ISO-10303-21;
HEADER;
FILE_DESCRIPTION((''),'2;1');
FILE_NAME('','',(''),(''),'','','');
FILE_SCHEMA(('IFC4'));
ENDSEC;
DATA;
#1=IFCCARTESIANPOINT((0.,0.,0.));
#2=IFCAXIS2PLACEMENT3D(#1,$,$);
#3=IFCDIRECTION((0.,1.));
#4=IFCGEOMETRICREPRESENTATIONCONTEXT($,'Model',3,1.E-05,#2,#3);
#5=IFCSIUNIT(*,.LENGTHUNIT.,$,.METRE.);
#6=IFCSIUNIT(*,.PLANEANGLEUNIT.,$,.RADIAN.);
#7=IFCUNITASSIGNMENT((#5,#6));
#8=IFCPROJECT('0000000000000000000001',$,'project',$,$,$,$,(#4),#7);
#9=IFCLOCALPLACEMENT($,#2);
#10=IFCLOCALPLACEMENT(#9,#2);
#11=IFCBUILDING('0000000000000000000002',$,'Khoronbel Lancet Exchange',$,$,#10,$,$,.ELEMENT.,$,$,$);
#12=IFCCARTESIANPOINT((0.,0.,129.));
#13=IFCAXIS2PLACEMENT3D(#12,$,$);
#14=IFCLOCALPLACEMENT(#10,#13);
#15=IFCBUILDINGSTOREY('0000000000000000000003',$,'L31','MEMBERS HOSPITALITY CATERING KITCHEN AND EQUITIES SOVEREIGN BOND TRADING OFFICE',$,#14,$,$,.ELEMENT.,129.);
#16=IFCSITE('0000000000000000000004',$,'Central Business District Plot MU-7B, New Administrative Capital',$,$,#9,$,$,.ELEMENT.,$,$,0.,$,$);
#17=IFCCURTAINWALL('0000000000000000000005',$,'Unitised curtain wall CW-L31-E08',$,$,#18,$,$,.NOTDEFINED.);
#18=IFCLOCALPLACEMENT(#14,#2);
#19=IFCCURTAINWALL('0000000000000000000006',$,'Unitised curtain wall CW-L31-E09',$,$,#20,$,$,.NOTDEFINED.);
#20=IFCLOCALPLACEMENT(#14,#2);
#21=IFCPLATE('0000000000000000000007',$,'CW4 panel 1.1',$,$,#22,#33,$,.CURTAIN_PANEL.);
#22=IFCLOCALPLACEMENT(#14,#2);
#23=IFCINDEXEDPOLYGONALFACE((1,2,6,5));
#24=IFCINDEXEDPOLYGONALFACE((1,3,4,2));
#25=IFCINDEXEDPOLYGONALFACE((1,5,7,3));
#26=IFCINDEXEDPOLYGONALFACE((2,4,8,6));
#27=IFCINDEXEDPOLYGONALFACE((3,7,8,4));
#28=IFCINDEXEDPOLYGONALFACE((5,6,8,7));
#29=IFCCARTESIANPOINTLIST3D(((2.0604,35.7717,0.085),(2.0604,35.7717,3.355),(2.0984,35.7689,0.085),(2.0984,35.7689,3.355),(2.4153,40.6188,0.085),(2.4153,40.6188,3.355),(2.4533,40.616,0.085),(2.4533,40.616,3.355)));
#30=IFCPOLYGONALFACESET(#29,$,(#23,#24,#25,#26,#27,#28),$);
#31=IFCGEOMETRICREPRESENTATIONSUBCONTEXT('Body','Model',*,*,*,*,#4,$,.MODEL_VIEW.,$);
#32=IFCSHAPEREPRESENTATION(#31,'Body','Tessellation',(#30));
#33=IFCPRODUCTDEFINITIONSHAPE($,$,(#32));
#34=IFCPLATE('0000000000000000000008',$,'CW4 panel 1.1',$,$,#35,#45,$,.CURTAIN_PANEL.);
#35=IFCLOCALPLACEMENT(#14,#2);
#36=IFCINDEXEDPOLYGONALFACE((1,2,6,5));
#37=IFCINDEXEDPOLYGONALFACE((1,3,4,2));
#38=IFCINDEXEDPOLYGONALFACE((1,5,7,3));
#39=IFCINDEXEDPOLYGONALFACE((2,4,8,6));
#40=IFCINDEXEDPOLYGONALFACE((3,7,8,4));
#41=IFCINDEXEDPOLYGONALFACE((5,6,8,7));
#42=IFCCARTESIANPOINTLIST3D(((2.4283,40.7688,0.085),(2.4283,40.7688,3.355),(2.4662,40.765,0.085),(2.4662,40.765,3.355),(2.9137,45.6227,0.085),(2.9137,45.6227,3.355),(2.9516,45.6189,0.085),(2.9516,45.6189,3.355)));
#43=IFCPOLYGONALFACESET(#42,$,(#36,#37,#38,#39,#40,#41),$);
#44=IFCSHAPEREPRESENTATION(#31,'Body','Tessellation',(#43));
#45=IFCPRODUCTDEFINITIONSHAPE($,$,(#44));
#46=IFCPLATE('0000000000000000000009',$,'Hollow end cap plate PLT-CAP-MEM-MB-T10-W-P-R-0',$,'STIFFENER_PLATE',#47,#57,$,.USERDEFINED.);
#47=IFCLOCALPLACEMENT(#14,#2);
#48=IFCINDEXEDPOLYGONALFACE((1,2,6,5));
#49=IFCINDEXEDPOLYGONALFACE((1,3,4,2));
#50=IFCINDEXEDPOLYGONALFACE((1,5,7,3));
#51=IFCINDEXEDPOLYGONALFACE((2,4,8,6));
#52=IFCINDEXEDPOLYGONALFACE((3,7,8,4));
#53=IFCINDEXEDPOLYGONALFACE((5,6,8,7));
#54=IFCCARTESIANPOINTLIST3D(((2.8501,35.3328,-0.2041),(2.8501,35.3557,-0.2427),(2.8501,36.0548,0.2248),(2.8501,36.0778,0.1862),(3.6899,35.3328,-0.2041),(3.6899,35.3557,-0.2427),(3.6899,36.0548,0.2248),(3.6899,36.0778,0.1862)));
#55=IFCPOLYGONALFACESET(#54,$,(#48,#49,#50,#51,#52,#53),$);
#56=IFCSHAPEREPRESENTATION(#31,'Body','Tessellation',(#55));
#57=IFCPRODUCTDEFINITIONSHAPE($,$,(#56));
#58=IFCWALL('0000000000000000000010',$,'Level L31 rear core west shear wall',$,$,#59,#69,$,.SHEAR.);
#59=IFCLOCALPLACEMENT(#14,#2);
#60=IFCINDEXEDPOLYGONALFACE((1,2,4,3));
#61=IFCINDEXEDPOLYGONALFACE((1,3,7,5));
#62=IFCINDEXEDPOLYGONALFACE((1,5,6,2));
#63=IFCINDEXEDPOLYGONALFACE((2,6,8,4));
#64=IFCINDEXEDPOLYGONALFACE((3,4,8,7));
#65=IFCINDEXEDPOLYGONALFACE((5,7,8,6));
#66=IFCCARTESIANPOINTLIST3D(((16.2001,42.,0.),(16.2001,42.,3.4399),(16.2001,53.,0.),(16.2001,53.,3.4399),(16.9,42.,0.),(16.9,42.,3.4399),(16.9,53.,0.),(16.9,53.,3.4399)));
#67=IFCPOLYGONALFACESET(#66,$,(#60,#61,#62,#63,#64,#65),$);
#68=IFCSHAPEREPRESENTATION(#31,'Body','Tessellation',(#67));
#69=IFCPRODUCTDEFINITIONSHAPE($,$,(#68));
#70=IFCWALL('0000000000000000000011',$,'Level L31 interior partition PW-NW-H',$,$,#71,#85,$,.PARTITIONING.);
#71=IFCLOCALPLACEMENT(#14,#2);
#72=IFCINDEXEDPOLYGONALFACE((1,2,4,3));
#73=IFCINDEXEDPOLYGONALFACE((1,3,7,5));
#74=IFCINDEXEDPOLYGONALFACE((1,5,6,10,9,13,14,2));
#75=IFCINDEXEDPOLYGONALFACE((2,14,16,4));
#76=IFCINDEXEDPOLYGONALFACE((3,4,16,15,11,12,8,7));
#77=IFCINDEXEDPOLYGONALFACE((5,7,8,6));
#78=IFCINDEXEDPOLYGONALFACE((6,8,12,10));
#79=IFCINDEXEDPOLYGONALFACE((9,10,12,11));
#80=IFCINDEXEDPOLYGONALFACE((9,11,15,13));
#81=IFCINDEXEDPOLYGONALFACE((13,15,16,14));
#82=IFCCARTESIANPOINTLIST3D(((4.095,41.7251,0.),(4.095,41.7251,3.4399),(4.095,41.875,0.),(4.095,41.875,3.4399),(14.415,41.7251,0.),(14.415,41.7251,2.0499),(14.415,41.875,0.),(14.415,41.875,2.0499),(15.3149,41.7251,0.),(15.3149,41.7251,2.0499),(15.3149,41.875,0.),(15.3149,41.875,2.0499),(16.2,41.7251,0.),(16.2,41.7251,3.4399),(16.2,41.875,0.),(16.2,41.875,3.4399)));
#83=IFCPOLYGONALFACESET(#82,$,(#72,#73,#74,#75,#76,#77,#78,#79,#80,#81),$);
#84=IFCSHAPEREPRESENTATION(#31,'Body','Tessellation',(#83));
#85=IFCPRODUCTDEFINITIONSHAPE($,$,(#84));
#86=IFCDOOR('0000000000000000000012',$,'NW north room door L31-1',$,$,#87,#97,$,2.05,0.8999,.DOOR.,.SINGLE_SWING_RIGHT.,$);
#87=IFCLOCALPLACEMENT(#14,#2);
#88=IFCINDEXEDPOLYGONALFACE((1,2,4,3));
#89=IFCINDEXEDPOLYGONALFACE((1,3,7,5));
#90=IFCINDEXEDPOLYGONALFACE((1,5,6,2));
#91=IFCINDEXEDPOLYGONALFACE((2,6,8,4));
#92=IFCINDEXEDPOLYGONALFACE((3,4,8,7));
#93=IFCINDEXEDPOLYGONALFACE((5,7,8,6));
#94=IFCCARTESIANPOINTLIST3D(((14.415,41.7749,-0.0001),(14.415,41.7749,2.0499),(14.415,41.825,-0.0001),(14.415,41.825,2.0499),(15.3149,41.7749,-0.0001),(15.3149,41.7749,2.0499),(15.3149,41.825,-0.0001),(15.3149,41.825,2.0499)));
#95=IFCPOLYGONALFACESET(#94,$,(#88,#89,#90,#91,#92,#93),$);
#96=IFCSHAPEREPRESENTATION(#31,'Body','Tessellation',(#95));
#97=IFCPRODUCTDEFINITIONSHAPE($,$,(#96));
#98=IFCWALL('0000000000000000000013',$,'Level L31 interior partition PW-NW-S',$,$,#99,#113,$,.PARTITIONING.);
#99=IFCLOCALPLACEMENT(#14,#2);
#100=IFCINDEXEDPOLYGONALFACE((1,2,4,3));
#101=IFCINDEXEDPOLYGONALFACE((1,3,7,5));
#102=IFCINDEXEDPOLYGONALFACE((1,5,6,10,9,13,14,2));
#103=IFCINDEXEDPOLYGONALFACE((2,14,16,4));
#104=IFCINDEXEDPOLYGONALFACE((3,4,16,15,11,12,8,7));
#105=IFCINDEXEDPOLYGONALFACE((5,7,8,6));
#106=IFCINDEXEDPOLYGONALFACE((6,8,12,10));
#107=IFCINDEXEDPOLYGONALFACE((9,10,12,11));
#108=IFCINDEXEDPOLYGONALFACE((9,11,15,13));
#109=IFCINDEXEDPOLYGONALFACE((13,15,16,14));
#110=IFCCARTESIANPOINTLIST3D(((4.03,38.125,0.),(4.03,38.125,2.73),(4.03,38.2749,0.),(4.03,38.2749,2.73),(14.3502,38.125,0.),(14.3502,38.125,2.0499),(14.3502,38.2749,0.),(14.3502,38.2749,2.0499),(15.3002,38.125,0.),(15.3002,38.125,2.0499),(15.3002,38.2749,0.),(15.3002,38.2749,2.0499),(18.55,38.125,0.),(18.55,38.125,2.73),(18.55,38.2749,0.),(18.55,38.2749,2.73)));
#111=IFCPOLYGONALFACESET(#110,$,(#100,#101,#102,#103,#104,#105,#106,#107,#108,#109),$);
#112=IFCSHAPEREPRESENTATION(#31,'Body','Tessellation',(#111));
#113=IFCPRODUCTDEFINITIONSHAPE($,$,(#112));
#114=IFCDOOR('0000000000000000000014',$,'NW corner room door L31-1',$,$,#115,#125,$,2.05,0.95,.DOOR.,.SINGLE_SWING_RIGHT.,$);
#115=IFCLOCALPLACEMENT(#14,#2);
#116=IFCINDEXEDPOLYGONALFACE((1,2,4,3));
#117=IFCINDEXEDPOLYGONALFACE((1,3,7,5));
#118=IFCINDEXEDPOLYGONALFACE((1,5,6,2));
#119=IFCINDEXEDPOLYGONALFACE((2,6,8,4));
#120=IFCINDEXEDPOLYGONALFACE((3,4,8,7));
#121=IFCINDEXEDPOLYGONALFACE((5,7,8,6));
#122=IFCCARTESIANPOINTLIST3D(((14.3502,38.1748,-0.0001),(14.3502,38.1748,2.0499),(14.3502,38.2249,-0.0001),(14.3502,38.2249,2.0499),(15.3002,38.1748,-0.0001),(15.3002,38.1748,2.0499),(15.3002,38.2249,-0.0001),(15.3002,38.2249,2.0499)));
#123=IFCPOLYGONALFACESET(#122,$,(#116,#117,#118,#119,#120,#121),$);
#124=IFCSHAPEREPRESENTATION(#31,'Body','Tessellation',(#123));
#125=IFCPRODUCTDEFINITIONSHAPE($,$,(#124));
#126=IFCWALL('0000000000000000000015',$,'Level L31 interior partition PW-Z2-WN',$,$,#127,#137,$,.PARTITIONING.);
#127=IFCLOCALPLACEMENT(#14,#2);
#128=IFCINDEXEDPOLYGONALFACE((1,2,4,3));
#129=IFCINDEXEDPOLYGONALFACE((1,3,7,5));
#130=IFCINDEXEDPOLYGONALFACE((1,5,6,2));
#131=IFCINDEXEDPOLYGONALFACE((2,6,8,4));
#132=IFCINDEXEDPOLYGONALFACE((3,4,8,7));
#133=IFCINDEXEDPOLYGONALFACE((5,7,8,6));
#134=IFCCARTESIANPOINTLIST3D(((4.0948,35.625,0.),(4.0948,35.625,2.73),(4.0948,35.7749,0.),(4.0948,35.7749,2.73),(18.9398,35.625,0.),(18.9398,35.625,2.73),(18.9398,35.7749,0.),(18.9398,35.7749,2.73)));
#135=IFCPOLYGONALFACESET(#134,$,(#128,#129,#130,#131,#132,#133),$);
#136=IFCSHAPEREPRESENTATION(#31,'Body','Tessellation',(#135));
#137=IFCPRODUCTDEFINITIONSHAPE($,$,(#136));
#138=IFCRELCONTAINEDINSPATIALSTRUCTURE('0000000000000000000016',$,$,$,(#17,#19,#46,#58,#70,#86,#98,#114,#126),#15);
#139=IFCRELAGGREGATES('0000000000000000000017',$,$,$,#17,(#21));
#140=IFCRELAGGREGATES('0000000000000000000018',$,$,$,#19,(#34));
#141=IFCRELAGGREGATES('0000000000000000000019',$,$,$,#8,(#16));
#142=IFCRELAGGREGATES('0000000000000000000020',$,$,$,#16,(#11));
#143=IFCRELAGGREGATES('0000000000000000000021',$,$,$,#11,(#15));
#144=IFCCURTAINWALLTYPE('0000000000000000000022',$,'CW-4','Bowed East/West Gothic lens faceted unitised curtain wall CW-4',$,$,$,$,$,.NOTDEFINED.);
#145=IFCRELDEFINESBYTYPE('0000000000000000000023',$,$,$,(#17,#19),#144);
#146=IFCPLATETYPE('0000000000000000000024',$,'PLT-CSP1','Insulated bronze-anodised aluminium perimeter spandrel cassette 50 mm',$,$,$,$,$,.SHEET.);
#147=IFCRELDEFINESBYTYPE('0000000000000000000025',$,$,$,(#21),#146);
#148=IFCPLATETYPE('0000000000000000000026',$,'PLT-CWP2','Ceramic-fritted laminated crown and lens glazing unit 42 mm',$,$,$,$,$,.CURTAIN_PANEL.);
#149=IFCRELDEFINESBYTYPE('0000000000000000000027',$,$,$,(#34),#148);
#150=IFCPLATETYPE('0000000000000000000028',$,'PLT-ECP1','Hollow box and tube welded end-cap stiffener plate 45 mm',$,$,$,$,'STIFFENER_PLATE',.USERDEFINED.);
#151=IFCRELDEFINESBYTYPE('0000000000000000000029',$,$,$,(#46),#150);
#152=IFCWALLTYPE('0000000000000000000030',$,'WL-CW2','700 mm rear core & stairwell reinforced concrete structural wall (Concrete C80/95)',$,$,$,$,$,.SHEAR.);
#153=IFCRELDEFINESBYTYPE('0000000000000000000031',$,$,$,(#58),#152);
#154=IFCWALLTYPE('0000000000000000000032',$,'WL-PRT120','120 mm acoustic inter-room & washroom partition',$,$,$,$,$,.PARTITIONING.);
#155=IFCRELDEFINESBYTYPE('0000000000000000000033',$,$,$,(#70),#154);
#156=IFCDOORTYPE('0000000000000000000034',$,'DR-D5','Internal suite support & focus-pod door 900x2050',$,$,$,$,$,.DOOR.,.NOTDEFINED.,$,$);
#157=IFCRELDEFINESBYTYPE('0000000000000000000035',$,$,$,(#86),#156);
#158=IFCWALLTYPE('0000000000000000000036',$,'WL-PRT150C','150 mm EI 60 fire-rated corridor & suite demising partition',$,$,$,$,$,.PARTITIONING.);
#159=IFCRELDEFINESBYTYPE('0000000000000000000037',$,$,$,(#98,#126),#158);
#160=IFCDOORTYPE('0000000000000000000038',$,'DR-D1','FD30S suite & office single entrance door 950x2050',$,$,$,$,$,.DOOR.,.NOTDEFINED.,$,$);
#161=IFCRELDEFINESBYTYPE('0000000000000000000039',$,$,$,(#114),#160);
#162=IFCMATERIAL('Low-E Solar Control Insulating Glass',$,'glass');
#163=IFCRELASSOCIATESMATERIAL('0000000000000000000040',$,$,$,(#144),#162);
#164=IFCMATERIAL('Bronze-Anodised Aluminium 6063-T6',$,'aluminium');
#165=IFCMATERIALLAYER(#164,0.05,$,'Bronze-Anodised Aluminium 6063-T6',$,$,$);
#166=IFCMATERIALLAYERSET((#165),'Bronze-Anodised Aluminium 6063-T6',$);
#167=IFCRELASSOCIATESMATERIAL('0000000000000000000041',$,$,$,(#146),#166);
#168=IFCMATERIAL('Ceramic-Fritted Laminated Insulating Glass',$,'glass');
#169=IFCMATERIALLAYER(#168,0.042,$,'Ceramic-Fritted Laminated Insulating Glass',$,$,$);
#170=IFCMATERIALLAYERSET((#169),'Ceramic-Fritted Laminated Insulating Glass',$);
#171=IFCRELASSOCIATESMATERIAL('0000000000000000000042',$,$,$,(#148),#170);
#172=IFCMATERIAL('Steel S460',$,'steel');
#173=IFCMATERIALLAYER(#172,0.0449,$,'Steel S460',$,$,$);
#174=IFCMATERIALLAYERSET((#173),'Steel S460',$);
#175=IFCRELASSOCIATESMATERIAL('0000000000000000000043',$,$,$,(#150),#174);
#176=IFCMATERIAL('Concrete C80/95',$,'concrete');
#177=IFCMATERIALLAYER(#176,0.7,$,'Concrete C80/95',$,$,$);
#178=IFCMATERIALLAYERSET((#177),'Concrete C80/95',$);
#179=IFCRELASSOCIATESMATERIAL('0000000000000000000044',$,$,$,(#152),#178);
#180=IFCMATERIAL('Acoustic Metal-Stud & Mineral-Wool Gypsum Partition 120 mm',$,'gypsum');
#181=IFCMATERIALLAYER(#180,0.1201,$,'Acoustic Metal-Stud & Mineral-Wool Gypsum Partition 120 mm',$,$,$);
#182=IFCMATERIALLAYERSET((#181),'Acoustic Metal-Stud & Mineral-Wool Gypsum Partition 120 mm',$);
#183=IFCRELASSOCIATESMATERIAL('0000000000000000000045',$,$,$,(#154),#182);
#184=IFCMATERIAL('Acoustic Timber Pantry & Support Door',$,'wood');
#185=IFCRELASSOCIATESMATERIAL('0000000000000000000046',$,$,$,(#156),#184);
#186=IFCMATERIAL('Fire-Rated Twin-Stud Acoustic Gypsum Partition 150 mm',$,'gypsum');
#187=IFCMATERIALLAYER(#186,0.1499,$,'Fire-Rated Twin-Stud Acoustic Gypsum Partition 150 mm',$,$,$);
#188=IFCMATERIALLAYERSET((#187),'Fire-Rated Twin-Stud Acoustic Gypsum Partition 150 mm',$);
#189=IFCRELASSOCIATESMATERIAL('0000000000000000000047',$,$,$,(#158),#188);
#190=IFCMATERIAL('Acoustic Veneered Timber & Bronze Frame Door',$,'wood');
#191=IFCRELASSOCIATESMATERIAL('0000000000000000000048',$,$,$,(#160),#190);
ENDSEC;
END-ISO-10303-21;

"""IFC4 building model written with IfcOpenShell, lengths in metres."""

from ifc_helpers import new_model, si_unit, direction, frame, frame_2d, origin, origin_2d, place, context, subcontext, project, spatial, polyline, rectangle, outline, extrude, material, layer, layer_set, type_object, element, fill, aggregate, save


model = new_model("IFC4")

# Units and contexts
model_context = context("Model", 3, precision=1e-05, world=origin(), true_north=direction((0.0, 1.0)))
body_context = subcontext(model_context, "Body", "Model", "MODEL_VIEW")
ifc_project = project(units=[si_unit("LENGTHUNIT", "METRE"), si_unit("PLANEANGLEUNIT", "RADIAN")], contexts=[model_context])

# Site, building, storey
site_placement = place(None, origin())
site = spatial("IfcSite", under=ifc_project, at=site_placement, Name="Central Business District Plot MU-7B, New Administrative Capital", CompositionType="ELEMENT", RefElevation=0.0)
building_placement = place(site_placement, origin())
building = spatial("IfcBuilding", under=site, at=building_placement, Name="Khoronbel Lancet Exchange", CompositionType="ELEMENT")
storey_placement = place(building_placement, frame((0.0, 0.0, 129.0)))
storey = spatial("IfcBuildingStorey", under=building, at=storey_placement, Name="L31", Description="MEMBERS HOSPITALITY CATERING KITCHEN AND EQUITIES SOVEREIGN BOND TRADING OFFICE", CompositionType="ELEMENT", Elevation=129.0)

# Shared definitions
ifc_material_1 = material(Name="Steel S460", Category="steel")

# Shared definitions
ifc_material_2 = material(Name="Low-E Solar Control Insulating Glass", Category="glass")
curtain_wall_type = type_object("IfcCurtainWallType", Name="CW-4", Description="Bowed East/West Gothic lens faceted unitised curtain wall CW-4", PredefinedType="NOTDEFINED", material=ifc_material_2)
ifc_material_3 = material(Name="Bronze-Anodised Aluminium 6063-T6", Category="aluminium")

# Curtain wall
curtain_wall_1_placement = place(storey_placement, origin())
curtain_wall_1 = element("IfcCurtainWall", 1, at=curtain_wall_1_placement, inside=storey, type_object=curtain_wall_type, Name="Unitised curtain wall CW-L31-E08", PredefinedType="NOTDEFINED")

# Curtain wall
curtain_wall_2_placement = place(storey_placement, origin())
curtain_wall_2 = element("IfcCurtainWall", 2, at=curtain_wall_2_placement, inside=storey, type_object=curtain_wall_type, Name="Unitised curtain wall CW-L31-E09", PredefinedType="NOTDEFINED")

# Plates
ifc_layer_1 = layer(ifc_material_3, 0.05, Name="Bronze-Anodised Aluminium 6063-T6")
ifc_layer_set_1 = layer_set([ifc_layer_1], Name="Bronze-Anodised Aluminium 6063-T6")
plate_type_1 = type_object("IfcPlateType", Name="PLT-CSP1", Description="Insulated bronze-anodised aluminium perimeter spandrel cassette 50 mm", PredefinedType="SHEET", material=ifc_layer_set_1)
plate_1_placement = place(storey_placement, frame((2.2568, 38.1938, 0.085), z_axis=(0.0, 0.0, 1.0), x_axis=(0.073013, 0.997331, 0.0)))
plate_1 = element("IfcPlate", 3, at=plate_1_placement, type_object=plate_type_1, Name="CW4 panel 1.1", PredefinedType="CURTAIN_PANEL", context=body_context, shape_type="SweptSolid", body=[
    extrude(rectangle(XDim=4.8601, YDim=0.0381, at=origin_2d()), origin(), (0.0, 0.0, 1.0), 3.27),
])
aggregate(curtain_wall_1, [plate_1])
ifc_material_4 = material(Name="Ceramic-Fritted Laminated Insulating Glass", Category="glass")
ifc_layer_2 = layer(ifc_material_4, 0.042, Name="Ceramic-Fritted Laminated Insulating Glass")
ifc_layer_set_2 = layer_set([ifc_layer_2], Name="Ceramic-Fritted Laminated Insulating Glass")
plate_type_2 = type_object("IfcPlateType", Name="PLT-CWP2", Description="Ceramic-fritted laminated crown and lens glazing unit 42 mm", PredefinedType="CURTAIN_PANEL", material=ifc_layer_set_2)
plate_2_placement = place(storey_placement, frame((2.6899, 43.1938, 0.085), z_axis=(0.0, 0.0, 1.0), x_axis=(0.099498, 0.995038, 0.0)))
plate_2 = element("IfcPlate", 4, at=plate_2_placement, type_object=plate_type_2, Name="CW4 panel 1.1", PredefinedType="CURTAIN_PANEL", context=body_context, shape_type="SweptSolid", body=[
    extrude(rectangle(XDim=4.8782, YDim=0.0381, at=origin_2d()), origin(), (0.0, 0.0, 1.0), 3.27),
])
aggregate(curtain_wall_2, [plate_2])
ifc_layer_3 = layer(ifc_material_1, 0.0449, Name="Steel S460")
ifc_layer_set_3 = layer_set([ifc_layer_3], Name="Steel S460")
plate_type_3 = type_object("IfcPlateType", Name="PLT-ECP1", Description="Hollow box and tube welded end-cap stiffener plate 45 mm", ElementType="STIFFENER_PLATE", PredefinedType="USERDEFINED", material=ifc_layer_set_3)
plate_3_placement = place(storey_placement, frame((2.8501, 35.3328, -0.2041), z_axis=(0.0, -0.510686, 0.859767), x_axis=(1.0, 0.0, 0.0)))
element("IfcPlate", 5, at=plate_3_placement, inside=storey, type_object=plate_type_3, Name="Hollow end cap plate PLT-CAP-MEM-MB-T10-W-P-R-0", ObjectType="STIFFENER_PLATE", PredefinedType="USERDEFINED", context=body_context, shape_type="SweptSolid", body=[
    extrude(outline(polyline([(0.0, 0.0), (0.8398, 0.0), (0.8398, 0.8398), (0.0, 0.8398), (0.0, 0.0)])), origin(), (0.0, 0.0, -1.0), 0.0449),
])

# Wall
ifc_material_5 = material(Name="Concrete C80/95", Category="concrete")
ifc_layer_4 = layer(ifc_material_5, 0.7, Name="Concrete C80/95")
ifc_layer_set_4 = layer_set([ifc_layer_4], Name="Concrete C80/95")
wall_type_1 = type_object("IfcWallType", Name="WL-CW2", Description="700 mm rear core & stairwell reinforced concrete structural wall (Concrete C80/95)", PredefinedType="SHEAR", material=ifc_layer_set_4)
wall_1_placement = place(storey_placement, frame((16.55, 42.0, 0.0), z_axis=(0.0, 0.0, 1.0), x_axis=(0.0, 1.0, 0.0)))
element("IfcWall", 6, at=wall_1_placement, inside=storey, type_object=wall_type_1, Name="Level L31 rear core west shear wall", PredefinedType="SHEAR", context=body_context, shape_type="SweptSolid", body=[
    extrude(rectangle(XDim=11.0, YDim=0.7, at=frame_2d((5.5, 0.0))), origin(), (0.0, 0.0, 1.0), 3.4399),
])

# Walls, openings, doors
ifc_material_6 = material(Name="Acoustic Metal-Stud & Mineral-Wool Gypsum Partition 120 mm", Category="gypsum")
ifc_layer_5 = layer(ifc_material_6, 0.1201, Name="Acoustic Metal-Stud & Mineral-Wool Gypsum Partition 120 mm")
ifc_layer_set_5 = layer_set([ifc_layer_5], Name="Acoustic Metal-Stud & Mineral-Wool Gypsum Partition 120 mm")
wall_type_2 = type_object("IfcWallType", Name="WL-PRT120", Description="120 mm acoustic inter-room & washroom partition", PredefinedType="PARTITIONING", material=ifc_layer_set_5)
wall_2_placement = place(storey_placement, frame((4.095, 41.8, 0.0), z_axis=(0.0, 0.0, 1.0), x_axis=(1.0, 0.0, 0.0)))
wall_2 = element("IfcWall", 7, at=wall_2_placement, inside=storey, type_object=wall_type_2, Name="Level L31 interior partition PW-NW-H", PredefinedType="PARTITIONING", context=body_context, shape_type="SweptSolid", body=[
    extrude(rectangle(XDim=12.105, YDim=0.1499, at=frame_2d((6.0525, 0.0))), origin(), (0.0, 0.0, 1.0), 3.4399),
])
opening_1_placement = place(wall_2_placement, frame((10.3201, 0.0, 0.0)))
opening_1 = element("IfcOpeningElement", 8, at=opening_1_placement, cuts=wall_2, PredefinedType="OPENING", context=body_context, shape_type="SweptSolid", body=[
    extrude(rectangle(XDim=0.8999, YDim=2.05, at=frame_2d((0.45, 1.0249))), frame((0.0, 0.085, 0.0), z_axis=(0.0, -1.0, 0.0), x_axis=(1.0, 0.0, 0.0)), (0.0, 0.0, 1.0), 0.1699),
])
ifc_material_7 = material(Name="Acoustic Timber Pantry & Support Door", Category="wood")
door_type_1 = type_object("IfcDoorType", Name="DR-D5", Description="Internal suite support & focus-pod door 900x2050", OperationType="NOTDEFINED", PredefinedType="DOOR", material=ifc_material_7)
door_1_placement = place(opening_1_placement, origin())
door_1 = element("IfcDoor", 9, at=door_1_placement, inside=storey, type_object=door_type_1, Name="NW north room door L31-1", OperationType="SINGLE_SWING_RIGHT", OverallHeight=2.05, OverallWidth=0.8999, PredefinedType="DOOR", context=body_context, shape_type="SweptSolid", body=[
    extrude(rectangle(XDim=0.8999, YDim=2.05, at=frame_2d((0.45, 1.0249))), frame((0.0, 0.0249, 0.0), z_axis=(0.0, -1.0, 0.0), x_axis=(1.0, 0.0, 0.0)), (0.0, 0.0, 1.0), 0.05),
])
fill(opening_1, door_1)
ifc_material_8 = material(Name="Fire-Rated Twin-Stud Acoustic Gypsum Partition 150 mm", Category="gypsum")
ifc_layer_6 = layer(ifc_material_8, 0.1499, Name="Fire-Rated Twin-Stud Acoustic Gypsum Partition 150 mm")
ifc_layer_set_6 = layer_set([ifc_layer_6], Name="Fire-Rated Twin-Stud Acoustic Gypsum Partition 150 mm")
wall_type_3 = type_object("IfcWallType", Name="WL-PRT150C", Description="150 mm EI 60 fire-rated corridor & suite demising partition", PredefinedType="PARTITIONING", material=ifc_layer_set_6)
wall_3_placement = place(storey_placement, frame((4.03, 38.2, 0.0), z_axis=(0.0, 0.0, 1.0), x_axis=(1.0, 0.0, 0.0)))
wall_3 = element("IfcWall", 10, at=wall_3_placement, inside=storey, type_object=wall_type_3, Name="Level L31 interior partition PW-NW-S", PredefinedType="PARTITIONING", context=body_context, shape_type="SweptSolid", body=[
    extrude(rectangle(XDim=14.52, YDim=0.1499, at=frame_2d((7.26, 0.0))), origin(), (0.0, 0.0, 1.0), 2.73),
])
opening_2_placement = place(wall_3_placement, frame((10.3201, 0.0, 0.0)))
opening_2 = element("IfcOpeningElement", 11, at=opening_2_placement, cuts=wall_3, PredefinedType="OPENING", context=body_context, shape_type="SweptSolid", body=[
    extrude(rectangle(XDim=0.95, YDim=2.05, at=frame_2d((0.4751, 1.0249))), frame((0.0, 0.085, 0.0), z_axis=(0.0, -1.0, 0.0), x_axis=(1.0, 0.0, 0.0)), (0.0, 0.0, 1.0), 0.1699),
])
ifc_material_9 = material(Name="Acoustic Veneered Timber & Bronze Frame Door", Category="wood")
door_type_2 = type_object("IfcDoorType", Name="DR-D1", Description="FD30S suite & office single entrance door 950x2050", OperationType="NOTDEFINED", PredefinedType="DOOR", material=ifc_material_9)
door_2_placement = place(opening_2_placement, origin())
door_2 = element("IfcDoor", 12, at=door_2_placement, inside=storey, type_object=door_type_2, Name="NW corner room door L31-1", OperationType="SINGLE_SWING_RIGHT", OverallHeight=2.05, OverallWidth=0.95, PredefinedType="DOOR", context=body_context, shape_type="SweptSolid", body=[
    extrude(rectangle(XDim=0.95, YDim=2.05, at=frame_2d((0.4751, 1.0249))), frame((0.0, 0.0249, 0.0), z_axis=(0.0, -1.0, 0.0), x_axis=(1.0, 0.0, 0.0)), (0.0, 0.0, 1.0), 0.05),
])
fill(opening_2, door_2)

# Wall
wall_4_placement = place(storey_placement, frame((4.095, 35.7, 0.0), z_axis=(0.0, 0.0, 1.0), x_axis=(1.0, 0.0, 0.0)))
element("IfcWall", 13, at=wall_4_placement, inside=storey, type_object=wall_type_3, Name="Level L31 interior partition PW-Z2-WN", PredefinedType="PARTITIONING", context=body_context, shape_type="SweptSolid", body=[
    extrude(rectangle(XDim=14.845, YDim=0.1499, at=frame_2d((7.4224, 0.0))), origin(), (0.0, 0.0, 1.0), 2.73),
])

save(model, "model.ifc")
